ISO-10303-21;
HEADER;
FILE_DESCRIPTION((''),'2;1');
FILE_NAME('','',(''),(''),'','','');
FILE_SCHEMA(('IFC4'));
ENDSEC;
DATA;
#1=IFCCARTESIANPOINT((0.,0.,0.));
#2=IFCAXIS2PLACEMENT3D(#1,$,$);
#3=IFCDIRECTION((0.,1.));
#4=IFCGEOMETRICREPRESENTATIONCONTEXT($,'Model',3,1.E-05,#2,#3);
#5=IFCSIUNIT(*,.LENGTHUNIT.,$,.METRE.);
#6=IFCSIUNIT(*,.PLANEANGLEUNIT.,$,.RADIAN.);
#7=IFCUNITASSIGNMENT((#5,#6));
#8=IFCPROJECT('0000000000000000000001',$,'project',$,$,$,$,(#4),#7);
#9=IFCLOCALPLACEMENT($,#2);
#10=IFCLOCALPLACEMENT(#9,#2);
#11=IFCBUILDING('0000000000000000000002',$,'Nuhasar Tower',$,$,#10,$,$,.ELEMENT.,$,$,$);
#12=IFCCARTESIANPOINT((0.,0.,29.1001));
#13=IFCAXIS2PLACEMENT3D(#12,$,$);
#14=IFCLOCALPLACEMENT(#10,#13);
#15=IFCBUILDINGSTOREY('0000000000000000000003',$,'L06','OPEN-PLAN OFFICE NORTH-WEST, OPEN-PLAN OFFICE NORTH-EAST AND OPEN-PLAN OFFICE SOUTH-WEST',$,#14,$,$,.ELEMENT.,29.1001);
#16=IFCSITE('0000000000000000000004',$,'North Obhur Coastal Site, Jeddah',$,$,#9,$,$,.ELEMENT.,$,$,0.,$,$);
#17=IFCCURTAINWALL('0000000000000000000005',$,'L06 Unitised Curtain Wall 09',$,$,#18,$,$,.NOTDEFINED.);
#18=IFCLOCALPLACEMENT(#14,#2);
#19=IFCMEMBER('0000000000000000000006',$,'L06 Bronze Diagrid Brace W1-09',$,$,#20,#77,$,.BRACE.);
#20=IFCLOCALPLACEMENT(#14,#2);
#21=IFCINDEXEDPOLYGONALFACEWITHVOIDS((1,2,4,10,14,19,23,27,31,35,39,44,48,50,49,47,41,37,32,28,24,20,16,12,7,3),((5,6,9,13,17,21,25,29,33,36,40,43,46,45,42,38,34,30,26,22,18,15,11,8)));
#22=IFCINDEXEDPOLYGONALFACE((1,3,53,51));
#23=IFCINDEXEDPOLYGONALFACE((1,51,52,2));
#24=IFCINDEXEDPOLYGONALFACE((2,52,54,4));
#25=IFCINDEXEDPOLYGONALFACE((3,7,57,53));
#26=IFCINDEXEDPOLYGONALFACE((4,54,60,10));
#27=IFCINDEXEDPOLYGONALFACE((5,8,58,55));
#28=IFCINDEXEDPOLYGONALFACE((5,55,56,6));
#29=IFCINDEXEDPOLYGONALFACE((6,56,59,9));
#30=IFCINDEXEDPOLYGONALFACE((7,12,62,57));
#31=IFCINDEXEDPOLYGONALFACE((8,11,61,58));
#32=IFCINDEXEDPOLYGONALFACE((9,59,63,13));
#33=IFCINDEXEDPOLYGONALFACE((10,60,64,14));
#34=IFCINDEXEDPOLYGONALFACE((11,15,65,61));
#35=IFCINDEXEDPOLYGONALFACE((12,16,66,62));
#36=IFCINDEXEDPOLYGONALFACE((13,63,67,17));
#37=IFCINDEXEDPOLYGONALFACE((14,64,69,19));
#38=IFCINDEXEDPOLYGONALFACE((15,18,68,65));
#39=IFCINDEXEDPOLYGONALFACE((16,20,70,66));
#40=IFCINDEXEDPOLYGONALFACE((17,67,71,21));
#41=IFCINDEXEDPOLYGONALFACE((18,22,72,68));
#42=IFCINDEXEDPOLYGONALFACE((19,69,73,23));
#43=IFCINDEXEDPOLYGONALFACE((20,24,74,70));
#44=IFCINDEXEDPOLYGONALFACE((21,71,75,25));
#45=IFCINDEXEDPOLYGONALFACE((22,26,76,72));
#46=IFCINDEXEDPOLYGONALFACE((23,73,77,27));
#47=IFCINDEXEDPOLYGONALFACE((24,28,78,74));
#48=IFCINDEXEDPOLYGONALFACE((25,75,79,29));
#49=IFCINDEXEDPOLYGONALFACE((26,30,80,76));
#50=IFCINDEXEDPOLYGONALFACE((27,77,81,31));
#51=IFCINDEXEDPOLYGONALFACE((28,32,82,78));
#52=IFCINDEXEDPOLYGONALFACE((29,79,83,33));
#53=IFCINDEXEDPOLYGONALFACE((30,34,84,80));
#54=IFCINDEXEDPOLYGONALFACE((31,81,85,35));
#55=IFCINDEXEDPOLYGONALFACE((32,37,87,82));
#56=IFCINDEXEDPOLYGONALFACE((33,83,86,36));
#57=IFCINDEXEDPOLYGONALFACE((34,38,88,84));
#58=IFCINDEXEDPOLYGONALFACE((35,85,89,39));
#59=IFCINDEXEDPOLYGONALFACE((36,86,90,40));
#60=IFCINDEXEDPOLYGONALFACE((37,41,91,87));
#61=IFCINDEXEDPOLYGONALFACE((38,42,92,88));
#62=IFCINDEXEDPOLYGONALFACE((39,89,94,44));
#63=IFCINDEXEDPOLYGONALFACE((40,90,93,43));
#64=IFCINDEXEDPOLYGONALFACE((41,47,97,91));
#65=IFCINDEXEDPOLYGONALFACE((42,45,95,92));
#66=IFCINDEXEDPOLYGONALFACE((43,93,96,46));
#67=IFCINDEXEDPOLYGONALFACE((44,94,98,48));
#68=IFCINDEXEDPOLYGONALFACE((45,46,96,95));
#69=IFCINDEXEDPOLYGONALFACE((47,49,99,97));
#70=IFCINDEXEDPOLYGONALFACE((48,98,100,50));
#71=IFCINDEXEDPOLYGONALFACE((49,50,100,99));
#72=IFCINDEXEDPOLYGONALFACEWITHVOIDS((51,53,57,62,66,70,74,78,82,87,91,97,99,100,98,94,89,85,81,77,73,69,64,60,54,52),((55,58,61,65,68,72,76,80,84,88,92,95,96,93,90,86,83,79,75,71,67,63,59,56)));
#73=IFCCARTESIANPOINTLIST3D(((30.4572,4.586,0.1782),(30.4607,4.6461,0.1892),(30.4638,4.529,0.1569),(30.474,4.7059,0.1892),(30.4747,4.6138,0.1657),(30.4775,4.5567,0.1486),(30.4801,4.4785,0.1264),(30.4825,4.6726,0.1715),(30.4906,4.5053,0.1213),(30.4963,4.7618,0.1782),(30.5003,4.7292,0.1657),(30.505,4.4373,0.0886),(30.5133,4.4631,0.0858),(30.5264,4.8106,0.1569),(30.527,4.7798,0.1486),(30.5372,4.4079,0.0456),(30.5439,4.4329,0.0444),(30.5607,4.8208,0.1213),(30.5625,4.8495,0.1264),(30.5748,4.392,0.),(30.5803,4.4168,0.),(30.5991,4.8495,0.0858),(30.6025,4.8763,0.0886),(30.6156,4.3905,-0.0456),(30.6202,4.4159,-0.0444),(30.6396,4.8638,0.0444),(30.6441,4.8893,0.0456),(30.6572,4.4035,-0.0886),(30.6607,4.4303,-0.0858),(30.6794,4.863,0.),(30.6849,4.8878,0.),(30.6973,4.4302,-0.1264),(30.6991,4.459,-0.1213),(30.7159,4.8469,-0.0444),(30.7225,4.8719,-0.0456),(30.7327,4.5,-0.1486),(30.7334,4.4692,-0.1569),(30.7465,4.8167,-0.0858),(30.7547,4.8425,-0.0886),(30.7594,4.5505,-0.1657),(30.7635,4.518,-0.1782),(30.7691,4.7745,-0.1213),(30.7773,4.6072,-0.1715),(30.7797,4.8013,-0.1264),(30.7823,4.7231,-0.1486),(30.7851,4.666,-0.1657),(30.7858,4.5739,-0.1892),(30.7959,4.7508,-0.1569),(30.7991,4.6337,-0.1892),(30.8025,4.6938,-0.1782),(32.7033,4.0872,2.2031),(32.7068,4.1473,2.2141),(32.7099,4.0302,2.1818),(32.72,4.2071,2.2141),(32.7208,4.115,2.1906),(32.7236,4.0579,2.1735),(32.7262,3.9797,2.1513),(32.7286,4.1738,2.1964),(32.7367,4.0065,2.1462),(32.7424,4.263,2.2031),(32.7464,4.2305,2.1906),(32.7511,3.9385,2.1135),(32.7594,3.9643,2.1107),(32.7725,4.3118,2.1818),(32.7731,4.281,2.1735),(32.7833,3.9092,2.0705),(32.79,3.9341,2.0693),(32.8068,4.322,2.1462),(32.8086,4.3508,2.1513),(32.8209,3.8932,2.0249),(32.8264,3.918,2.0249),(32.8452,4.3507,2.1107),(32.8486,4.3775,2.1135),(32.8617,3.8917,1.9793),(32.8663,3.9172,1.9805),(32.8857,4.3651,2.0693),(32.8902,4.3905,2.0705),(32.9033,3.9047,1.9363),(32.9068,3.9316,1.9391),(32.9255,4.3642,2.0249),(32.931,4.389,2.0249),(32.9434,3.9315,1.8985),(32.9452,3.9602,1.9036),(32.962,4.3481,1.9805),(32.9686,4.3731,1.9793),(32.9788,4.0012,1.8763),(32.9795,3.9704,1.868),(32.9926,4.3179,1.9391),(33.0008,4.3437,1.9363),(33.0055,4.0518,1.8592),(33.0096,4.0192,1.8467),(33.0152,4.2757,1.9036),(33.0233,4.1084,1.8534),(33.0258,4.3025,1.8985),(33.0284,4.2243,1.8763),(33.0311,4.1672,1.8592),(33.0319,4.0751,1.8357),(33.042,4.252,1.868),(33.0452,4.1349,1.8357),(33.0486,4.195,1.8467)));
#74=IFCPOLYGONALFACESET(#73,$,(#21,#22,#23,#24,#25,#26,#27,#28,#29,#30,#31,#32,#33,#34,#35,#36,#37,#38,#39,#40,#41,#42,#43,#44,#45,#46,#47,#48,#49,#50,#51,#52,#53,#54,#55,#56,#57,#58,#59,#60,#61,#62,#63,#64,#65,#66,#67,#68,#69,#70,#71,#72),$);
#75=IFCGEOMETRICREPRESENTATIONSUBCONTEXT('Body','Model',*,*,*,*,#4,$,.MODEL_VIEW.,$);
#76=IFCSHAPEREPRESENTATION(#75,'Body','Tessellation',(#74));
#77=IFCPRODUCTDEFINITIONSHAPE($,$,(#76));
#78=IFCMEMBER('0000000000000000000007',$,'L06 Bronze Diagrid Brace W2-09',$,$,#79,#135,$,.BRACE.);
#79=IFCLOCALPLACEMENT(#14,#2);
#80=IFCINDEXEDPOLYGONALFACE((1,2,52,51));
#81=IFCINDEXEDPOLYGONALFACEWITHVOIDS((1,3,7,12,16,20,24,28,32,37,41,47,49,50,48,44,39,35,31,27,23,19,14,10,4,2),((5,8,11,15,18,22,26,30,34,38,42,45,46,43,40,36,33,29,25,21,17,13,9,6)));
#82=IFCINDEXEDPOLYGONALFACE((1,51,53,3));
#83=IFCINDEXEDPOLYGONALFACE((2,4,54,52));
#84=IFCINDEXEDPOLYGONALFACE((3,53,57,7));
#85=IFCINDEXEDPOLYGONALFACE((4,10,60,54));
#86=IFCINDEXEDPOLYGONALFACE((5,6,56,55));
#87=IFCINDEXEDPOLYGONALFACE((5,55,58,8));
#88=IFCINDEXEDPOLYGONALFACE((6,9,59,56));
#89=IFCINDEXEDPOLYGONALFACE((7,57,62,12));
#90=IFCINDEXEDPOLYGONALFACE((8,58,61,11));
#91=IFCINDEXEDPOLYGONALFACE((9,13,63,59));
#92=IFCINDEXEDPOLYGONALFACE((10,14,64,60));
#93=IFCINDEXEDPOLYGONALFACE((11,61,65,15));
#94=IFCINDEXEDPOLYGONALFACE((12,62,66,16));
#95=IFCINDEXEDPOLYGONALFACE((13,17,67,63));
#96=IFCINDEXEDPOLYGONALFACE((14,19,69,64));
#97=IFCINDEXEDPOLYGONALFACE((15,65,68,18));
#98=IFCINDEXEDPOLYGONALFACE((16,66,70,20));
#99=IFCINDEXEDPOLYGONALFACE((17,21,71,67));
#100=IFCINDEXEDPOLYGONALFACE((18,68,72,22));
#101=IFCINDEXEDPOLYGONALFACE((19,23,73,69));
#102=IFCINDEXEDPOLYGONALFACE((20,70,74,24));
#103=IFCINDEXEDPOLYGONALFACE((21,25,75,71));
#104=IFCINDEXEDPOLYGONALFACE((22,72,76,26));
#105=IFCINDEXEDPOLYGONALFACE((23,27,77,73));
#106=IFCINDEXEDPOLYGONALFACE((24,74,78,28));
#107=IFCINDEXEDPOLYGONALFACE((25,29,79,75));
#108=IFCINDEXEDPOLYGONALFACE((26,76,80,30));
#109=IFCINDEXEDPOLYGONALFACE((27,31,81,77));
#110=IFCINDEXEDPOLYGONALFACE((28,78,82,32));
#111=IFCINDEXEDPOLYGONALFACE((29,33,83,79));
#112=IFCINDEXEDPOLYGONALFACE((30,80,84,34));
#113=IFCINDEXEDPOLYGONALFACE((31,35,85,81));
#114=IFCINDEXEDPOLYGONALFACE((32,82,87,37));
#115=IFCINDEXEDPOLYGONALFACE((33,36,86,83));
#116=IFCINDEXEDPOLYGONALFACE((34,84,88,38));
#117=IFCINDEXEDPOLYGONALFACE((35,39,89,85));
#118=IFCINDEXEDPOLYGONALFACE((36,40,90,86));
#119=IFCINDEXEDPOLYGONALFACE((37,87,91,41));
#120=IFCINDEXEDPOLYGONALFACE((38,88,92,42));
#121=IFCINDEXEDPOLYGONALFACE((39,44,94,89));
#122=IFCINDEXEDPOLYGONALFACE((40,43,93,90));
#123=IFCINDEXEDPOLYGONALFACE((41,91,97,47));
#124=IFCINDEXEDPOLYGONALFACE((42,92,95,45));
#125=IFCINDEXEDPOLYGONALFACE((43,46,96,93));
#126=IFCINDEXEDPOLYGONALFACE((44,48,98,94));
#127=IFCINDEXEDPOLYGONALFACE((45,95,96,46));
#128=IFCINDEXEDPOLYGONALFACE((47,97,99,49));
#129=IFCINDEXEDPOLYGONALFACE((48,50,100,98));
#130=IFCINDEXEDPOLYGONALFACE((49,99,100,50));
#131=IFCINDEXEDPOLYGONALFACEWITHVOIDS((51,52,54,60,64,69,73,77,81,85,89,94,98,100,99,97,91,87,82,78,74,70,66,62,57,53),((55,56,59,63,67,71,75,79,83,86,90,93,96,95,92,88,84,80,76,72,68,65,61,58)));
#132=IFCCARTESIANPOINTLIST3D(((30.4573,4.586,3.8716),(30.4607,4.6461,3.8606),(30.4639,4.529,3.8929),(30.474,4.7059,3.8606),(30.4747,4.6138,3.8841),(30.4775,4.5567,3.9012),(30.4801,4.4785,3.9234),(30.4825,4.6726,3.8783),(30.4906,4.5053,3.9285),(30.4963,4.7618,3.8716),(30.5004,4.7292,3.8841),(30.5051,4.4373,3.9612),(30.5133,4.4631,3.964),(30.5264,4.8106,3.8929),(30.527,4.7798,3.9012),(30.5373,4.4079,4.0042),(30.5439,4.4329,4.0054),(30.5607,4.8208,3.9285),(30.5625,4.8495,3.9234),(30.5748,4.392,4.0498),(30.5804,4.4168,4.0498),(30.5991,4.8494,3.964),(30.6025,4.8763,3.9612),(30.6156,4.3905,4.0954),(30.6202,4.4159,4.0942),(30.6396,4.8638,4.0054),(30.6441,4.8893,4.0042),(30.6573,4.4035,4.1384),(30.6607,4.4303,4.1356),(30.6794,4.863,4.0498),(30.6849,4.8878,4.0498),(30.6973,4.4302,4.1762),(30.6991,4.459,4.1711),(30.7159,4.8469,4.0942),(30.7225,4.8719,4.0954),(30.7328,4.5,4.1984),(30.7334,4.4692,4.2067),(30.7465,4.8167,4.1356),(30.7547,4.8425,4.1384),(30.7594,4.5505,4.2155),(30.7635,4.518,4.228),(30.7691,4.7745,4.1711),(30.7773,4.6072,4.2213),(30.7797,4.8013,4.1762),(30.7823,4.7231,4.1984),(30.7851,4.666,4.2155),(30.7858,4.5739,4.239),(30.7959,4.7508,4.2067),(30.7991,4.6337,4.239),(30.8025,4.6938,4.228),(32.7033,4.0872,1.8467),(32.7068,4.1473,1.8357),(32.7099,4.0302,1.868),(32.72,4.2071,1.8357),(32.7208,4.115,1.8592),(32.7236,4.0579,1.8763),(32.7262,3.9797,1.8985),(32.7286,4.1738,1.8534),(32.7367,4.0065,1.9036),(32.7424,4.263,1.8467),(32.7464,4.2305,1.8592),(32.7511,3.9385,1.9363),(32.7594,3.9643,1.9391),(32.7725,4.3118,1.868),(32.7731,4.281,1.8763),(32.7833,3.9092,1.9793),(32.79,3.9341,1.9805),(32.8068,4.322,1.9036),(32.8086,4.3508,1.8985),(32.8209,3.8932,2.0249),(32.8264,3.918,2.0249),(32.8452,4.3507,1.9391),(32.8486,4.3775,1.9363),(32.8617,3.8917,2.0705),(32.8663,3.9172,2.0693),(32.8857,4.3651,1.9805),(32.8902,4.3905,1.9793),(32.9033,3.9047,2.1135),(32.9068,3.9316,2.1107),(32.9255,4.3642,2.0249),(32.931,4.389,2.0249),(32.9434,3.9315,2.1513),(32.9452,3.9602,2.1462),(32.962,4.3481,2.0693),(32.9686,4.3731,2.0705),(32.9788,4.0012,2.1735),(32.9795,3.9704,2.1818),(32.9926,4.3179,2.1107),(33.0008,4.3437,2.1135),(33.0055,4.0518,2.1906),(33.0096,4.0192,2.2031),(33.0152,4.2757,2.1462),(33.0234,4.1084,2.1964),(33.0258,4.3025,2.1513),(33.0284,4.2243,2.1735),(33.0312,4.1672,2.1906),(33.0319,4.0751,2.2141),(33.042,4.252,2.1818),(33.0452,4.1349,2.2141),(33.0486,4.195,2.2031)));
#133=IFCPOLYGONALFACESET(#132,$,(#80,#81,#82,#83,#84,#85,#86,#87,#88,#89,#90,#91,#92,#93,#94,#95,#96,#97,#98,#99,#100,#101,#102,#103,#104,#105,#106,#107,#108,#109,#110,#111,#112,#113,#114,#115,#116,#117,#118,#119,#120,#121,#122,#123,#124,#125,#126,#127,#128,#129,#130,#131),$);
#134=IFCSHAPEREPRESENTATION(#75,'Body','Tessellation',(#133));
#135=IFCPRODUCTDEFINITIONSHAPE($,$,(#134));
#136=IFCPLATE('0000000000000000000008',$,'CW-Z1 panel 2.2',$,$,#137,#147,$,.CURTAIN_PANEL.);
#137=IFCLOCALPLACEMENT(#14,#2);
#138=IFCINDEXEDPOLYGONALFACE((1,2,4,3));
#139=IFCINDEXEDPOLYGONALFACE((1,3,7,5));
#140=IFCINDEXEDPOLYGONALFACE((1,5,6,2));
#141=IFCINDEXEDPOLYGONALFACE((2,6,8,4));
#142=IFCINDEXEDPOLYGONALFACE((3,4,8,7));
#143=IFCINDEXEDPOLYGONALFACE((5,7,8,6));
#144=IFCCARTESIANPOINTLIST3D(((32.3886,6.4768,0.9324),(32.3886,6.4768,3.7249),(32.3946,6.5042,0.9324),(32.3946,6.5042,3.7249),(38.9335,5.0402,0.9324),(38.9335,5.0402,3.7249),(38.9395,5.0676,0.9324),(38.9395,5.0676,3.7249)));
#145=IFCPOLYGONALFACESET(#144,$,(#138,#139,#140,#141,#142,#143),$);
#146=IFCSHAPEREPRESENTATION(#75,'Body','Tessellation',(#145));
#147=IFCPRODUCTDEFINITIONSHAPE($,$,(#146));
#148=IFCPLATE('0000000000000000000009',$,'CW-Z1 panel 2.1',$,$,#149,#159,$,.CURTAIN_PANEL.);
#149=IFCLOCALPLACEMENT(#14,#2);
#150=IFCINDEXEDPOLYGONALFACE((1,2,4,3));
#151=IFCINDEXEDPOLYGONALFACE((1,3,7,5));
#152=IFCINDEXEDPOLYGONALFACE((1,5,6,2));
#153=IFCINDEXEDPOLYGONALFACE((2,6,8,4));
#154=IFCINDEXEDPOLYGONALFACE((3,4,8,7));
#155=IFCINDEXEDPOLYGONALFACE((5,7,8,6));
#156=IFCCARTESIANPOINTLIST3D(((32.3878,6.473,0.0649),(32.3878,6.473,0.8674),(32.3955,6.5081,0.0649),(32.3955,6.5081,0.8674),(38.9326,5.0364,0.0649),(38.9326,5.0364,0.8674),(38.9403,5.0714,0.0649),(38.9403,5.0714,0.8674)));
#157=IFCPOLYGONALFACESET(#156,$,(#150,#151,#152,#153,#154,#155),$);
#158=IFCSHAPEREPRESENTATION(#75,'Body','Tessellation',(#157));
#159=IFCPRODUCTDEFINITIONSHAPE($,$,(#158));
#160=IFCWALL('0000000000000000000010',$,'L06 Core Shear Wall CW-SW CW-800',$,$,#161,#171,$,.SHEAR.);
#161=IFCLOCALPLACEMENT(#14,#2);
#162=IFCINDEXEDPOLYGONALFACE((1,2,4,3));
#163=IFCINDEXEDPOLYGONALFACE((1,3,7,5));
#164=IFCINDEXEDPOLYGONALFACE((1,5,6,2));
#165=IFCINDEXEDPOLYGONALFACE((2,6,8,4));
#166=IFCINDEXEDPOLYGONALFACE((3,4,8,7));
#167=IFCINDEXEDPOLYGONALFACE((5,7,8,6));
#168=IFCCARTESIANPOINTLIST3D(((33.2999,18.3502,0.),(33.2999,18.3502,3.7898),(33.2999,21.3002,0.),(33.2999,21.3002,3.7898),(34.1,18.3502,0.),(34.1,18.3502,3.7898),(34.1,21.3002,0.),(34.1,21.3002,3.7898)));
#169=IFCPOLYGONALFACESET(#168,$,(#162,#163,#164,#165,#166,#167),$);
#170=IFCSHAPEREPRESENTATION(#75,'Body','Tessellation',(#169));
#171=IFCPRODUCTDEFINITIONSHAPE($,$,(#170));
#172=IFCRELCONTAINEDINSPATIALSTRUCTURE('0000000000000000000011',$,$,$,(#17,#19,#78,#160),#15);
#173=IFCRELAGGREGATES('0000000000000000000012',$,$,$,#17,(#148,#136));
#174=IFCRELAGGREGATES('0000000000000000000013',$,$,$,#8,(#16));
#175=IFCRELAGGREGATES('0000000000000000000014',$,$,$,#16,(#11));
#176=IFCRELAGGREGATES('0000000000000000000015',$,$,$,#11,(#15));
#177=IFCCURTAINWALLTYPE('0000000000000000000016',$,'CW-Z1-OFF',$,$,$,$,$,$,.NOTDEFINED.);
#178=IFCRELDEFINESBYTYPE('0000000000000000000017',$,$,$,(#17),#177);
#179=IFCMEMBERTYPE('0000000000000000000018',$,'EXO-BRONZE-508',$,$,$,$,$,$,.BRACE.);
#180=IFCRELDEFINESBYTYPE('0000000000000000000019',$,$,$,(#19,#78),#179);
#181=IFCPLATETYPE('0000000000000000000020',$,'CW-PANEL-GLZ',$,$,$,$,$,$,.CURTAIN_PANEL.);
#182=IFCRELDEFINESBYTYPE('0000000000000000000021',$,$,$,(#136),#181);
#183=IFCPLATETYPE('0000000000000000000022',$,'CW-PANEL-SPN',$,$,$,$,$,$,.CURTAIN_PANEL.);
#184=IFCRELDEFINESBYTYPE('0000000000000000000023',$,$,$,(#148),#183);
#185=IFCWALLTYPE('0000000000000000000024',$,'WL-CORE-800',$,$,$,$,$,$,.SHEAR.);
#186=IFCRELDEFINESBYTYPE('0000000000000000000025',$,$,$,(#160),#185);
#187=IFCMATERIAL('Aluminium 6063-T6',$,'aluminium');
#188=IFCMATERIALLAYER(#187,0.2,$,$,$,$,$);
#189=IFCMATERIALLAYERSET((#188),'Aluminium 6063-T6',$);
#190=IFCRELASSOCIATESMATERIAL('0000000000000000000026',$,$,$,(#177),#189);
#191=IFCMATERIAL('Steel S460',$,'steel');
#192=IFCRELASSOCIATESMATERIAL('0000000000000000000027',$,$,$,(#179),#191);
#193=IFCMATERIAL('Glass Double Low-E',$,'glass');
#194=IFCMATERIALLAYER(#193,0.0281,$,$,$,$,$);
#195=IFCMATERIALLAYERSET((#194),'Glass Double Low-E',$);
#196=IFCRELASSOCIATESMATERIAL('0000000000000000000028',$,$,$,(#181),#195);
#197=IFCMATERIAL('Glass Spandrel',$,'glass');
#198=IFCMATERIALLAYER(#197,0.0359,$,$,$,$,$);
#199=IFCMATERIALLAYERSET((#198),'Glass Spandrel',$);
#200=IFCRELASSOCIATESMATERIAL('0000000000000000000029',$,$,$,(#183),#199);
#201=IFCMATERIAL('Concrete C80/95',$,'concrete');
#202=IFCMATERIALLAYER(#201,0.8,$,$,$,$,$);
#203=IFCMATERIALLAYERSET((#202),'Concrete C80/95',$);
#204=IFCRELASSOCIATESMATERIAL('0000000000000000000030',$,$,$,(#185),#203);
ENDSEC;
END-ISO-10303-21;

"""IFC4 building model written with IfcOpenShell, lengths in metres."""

from ifc_helpers import new_model, si_unit, direction, frame, frame_2d, origin, origin_2d, place, context, subcontext, project, spatial, rectangle, hollow_circle, extrude, material, layer, layer_set, material_profile, profile_set, type_object, element, aggregate, save


model = new_model("IFC4")

# Units and contexts
model_context = context("Model", 3, precision=1e-05, world=origin(), true_north=direction((0.0, 1.0)))
body_context = subcontext(model_context, "Body", "Model", "MODEL_VIEW")
ifc_project = project(units=[si_unit("LENGTHUNIT", "METRE"), si_unit("PLANEANGLEUNIT", "RADIAN")], contexts=[model_context])

# Site, building, storey
site_placement = place(None, origin())
site = spatial("IfcSite", under=ifc_project, at=site_placement, Name="North Obhur Coastal Site, Jeddah", CompositionType="ELEMENT", RefElevation=0.0)
building_placement = place(site_placement, origin())
building = spatial("IfcBuilding", under=site, at=building_placement, Name="Nuhasar Tower", CompositionType="ELEMENT")
storey_placement = place(building_placement, frame((0.0, 0.0, 29.1001)))
storey = spatial("IfcBuildingStorey", under=building, at=storey_placement, Name="L06", Description="OPEN-PLAN OFFICE NORTH-WEST, OPEN-PLAN OFFICE NORTH-EAST AND OPEN-PLAN OFFICE SOUTH-WEST", CompositionType="ELEMENT", Elevation=29.1001)

# Shared definitions
ifc_material_1 = material(Name="Concrete C80/95", Category="concrete")

# Curtain wall
ifc_material_2 = material(Name="Aluminium 6063-T6", Category="aluminium")
ifc_layer_1 = layer(ifc_material_2, 0.2)
ifc_layer_set_1 = layer_set([ifc_layer_1], Name="Aluminium 6063-T6")
curtain_wall_type = type_object("IfcCurtainWallType", Name="CW-Z1-OFF", PredefinedType="NOTDEFINED", material=ifc_layer_set_1)
curtain_wall_placement = place(storey_placement, origin())
curtain_wall = element("IfcCurtainWall", 1, at=curtain_wall_placement, inside=storey, type_object=curtain_wall_type, Name="L06 Unitised Curtain Wall 09", PredefinedType="NOTDEFINED")

# Members
ifc_material_3 = material(Name="Steel S460", Category="steel")
ifc_material_profile_1 = material_profile(ifc_material_3, hollow_circle(Radius=0.2539, WallThickness=0.0254, at=origin_2d()), Name="HSS508X25.4")
ifc_profile_set_1 = profile_set([ifc_material_profile_1], Name="Steel S460")
member_type_1 = type_object("IfcMemberType", Name="EXO-BRONZE-508", PredefinedType="BRACE", material=ifc_profile_set_1)
for number, where, z_axis, x_axis, name in (
    (2, (30.6299, 4.6399, 0.0), (0.732831, -0.162736, 0.660663), (0.216784, 0.97622, 0.0), "L06 Bronze Diagrid Brace W1-09"),
    (3, (32.876, 4.1411, 2.0249), (-0.732831, 0.162736, 0.660663), (-0.216784, -0.97622, 0.0), "L06 Bronze Diagrid Brace W2-09"),
):
    element("IfcMember", number, at=place(storey_placement, frame(where, z_axis=z_axis, x_axis=x_axis)), inside=storey, type_object=member_type_1, Name=name, PredefinedType="BRACE", context=body_context, shape_type="SweptSolid", body=[
        extrude(hollow_circle(Radius=0.2539, WallThickness=0.0254, at=origin_2d()), origin(), (0.0, 0.0, 1.0), 3.0649),
    ])

# Plates
ifc_material_4 = material(Name="Glass Double Low-E", Category="glass")
ifc_layer_2 = layer(ifc_material_4, 0.0281)
ifc_layer_set_2 = layer_set([ifc_layer_2], Name="Glass Double Low-E")
plate_type_1 = type_object("IfcPlateType", Name="CW-PANEL-GLZ", PredefinedType="CURTAIN_PANEL", material=ifc_layer_set_2)
plate_1_placement = place(storey_placement, frame((35.6641, 5.7722, 0.9324), z_axis=(0.0, 0.0, 1.0), x_axis=(0.976746, -0.214399, 0.0)))
plate_1 = element("IfcPlate", 4, at=plate_1_placement, type_object=plate_type_1, Name="CW-Z1 panel 2.2", PredefinedType="CURTAIN_PANEL", context=body_context, shape_type="SweptSolid", body=[
    extrude(rectangle(XDim=6.7007, YDim=0.0281, at=origin_2d()), origin(), (0.0, 0.0, 1.0), 2.7925),
])
ifc_material_5 = material(Name="Glass Spandrel", Category="glass")
ifc_layer_3 = layer(ifc_material_5, 0.0359)
ifc_layer_set_3 = layer_set([ifc_layer_3], Name="Glass Spandrel")
plate_type_2 = type_object("IfcPlateType", Name="CW-PANEL-SPN", PredefinedType="CURTAIN_PANEL", material=ifc_layer_set_3)
plate_2_placement = place(storey_placement, frame((35.6641, 5.7722, 0.0649), z_axis=(0.0, 0.0, 1.0), x_axis=(0.976746, -0.214399, 0.0)))
plate_2 = element("IfcPlate", 5, at=plate_2_placement, type_object=plate_type_2, Name="CW-Z1 panel 2.1", PredefinedType="CURTAIN_PANEL", context=body_context, shape_type="SweptSolid", body=[
    extrude(rectangle(XDim=6.7007, YDim=0.0359, at=origin_2d()), origin(), (0.0, 0.0, 1.0), 0.8025),
])
aggregate(curtain_wall, [plate_2, plate_1])

# Wall
ifc_layer_4 = layer(ifc_material_1, 0.8)
ifc_layer_set_4 = layer_set([ifc_layer_4], Name="Concrete C80/95")
wall_type_1 = type_object("IfcWallType", Name="WL-CORE-800", PredefinedType="SHEAR", material=ifc_layer_set_4)
wall_1_placement = place(storey_placement, frame((33.7, 18.3501, 0.0), z_axis=(0.0, 0.0, 1.0), x_axis=(0.0, 1.0, 0.0)))
element("IfcWall", 6, at=wall_1_placement, inside=storey, type_object=wall_type_1, Name="L06 Core Shear Wall CW-SW CW-800", PredefinedType="SHEAR", context=body_context, shape_type="SweptSolid", body=[
    extrude(rectangle(XDim=2.95, YDim=0.8, at=frame_2d((1.4751, 0.0))), origin(), (0.0, 0.0, 1.0), 3.7898),
])

save(model, "model.ifc")
